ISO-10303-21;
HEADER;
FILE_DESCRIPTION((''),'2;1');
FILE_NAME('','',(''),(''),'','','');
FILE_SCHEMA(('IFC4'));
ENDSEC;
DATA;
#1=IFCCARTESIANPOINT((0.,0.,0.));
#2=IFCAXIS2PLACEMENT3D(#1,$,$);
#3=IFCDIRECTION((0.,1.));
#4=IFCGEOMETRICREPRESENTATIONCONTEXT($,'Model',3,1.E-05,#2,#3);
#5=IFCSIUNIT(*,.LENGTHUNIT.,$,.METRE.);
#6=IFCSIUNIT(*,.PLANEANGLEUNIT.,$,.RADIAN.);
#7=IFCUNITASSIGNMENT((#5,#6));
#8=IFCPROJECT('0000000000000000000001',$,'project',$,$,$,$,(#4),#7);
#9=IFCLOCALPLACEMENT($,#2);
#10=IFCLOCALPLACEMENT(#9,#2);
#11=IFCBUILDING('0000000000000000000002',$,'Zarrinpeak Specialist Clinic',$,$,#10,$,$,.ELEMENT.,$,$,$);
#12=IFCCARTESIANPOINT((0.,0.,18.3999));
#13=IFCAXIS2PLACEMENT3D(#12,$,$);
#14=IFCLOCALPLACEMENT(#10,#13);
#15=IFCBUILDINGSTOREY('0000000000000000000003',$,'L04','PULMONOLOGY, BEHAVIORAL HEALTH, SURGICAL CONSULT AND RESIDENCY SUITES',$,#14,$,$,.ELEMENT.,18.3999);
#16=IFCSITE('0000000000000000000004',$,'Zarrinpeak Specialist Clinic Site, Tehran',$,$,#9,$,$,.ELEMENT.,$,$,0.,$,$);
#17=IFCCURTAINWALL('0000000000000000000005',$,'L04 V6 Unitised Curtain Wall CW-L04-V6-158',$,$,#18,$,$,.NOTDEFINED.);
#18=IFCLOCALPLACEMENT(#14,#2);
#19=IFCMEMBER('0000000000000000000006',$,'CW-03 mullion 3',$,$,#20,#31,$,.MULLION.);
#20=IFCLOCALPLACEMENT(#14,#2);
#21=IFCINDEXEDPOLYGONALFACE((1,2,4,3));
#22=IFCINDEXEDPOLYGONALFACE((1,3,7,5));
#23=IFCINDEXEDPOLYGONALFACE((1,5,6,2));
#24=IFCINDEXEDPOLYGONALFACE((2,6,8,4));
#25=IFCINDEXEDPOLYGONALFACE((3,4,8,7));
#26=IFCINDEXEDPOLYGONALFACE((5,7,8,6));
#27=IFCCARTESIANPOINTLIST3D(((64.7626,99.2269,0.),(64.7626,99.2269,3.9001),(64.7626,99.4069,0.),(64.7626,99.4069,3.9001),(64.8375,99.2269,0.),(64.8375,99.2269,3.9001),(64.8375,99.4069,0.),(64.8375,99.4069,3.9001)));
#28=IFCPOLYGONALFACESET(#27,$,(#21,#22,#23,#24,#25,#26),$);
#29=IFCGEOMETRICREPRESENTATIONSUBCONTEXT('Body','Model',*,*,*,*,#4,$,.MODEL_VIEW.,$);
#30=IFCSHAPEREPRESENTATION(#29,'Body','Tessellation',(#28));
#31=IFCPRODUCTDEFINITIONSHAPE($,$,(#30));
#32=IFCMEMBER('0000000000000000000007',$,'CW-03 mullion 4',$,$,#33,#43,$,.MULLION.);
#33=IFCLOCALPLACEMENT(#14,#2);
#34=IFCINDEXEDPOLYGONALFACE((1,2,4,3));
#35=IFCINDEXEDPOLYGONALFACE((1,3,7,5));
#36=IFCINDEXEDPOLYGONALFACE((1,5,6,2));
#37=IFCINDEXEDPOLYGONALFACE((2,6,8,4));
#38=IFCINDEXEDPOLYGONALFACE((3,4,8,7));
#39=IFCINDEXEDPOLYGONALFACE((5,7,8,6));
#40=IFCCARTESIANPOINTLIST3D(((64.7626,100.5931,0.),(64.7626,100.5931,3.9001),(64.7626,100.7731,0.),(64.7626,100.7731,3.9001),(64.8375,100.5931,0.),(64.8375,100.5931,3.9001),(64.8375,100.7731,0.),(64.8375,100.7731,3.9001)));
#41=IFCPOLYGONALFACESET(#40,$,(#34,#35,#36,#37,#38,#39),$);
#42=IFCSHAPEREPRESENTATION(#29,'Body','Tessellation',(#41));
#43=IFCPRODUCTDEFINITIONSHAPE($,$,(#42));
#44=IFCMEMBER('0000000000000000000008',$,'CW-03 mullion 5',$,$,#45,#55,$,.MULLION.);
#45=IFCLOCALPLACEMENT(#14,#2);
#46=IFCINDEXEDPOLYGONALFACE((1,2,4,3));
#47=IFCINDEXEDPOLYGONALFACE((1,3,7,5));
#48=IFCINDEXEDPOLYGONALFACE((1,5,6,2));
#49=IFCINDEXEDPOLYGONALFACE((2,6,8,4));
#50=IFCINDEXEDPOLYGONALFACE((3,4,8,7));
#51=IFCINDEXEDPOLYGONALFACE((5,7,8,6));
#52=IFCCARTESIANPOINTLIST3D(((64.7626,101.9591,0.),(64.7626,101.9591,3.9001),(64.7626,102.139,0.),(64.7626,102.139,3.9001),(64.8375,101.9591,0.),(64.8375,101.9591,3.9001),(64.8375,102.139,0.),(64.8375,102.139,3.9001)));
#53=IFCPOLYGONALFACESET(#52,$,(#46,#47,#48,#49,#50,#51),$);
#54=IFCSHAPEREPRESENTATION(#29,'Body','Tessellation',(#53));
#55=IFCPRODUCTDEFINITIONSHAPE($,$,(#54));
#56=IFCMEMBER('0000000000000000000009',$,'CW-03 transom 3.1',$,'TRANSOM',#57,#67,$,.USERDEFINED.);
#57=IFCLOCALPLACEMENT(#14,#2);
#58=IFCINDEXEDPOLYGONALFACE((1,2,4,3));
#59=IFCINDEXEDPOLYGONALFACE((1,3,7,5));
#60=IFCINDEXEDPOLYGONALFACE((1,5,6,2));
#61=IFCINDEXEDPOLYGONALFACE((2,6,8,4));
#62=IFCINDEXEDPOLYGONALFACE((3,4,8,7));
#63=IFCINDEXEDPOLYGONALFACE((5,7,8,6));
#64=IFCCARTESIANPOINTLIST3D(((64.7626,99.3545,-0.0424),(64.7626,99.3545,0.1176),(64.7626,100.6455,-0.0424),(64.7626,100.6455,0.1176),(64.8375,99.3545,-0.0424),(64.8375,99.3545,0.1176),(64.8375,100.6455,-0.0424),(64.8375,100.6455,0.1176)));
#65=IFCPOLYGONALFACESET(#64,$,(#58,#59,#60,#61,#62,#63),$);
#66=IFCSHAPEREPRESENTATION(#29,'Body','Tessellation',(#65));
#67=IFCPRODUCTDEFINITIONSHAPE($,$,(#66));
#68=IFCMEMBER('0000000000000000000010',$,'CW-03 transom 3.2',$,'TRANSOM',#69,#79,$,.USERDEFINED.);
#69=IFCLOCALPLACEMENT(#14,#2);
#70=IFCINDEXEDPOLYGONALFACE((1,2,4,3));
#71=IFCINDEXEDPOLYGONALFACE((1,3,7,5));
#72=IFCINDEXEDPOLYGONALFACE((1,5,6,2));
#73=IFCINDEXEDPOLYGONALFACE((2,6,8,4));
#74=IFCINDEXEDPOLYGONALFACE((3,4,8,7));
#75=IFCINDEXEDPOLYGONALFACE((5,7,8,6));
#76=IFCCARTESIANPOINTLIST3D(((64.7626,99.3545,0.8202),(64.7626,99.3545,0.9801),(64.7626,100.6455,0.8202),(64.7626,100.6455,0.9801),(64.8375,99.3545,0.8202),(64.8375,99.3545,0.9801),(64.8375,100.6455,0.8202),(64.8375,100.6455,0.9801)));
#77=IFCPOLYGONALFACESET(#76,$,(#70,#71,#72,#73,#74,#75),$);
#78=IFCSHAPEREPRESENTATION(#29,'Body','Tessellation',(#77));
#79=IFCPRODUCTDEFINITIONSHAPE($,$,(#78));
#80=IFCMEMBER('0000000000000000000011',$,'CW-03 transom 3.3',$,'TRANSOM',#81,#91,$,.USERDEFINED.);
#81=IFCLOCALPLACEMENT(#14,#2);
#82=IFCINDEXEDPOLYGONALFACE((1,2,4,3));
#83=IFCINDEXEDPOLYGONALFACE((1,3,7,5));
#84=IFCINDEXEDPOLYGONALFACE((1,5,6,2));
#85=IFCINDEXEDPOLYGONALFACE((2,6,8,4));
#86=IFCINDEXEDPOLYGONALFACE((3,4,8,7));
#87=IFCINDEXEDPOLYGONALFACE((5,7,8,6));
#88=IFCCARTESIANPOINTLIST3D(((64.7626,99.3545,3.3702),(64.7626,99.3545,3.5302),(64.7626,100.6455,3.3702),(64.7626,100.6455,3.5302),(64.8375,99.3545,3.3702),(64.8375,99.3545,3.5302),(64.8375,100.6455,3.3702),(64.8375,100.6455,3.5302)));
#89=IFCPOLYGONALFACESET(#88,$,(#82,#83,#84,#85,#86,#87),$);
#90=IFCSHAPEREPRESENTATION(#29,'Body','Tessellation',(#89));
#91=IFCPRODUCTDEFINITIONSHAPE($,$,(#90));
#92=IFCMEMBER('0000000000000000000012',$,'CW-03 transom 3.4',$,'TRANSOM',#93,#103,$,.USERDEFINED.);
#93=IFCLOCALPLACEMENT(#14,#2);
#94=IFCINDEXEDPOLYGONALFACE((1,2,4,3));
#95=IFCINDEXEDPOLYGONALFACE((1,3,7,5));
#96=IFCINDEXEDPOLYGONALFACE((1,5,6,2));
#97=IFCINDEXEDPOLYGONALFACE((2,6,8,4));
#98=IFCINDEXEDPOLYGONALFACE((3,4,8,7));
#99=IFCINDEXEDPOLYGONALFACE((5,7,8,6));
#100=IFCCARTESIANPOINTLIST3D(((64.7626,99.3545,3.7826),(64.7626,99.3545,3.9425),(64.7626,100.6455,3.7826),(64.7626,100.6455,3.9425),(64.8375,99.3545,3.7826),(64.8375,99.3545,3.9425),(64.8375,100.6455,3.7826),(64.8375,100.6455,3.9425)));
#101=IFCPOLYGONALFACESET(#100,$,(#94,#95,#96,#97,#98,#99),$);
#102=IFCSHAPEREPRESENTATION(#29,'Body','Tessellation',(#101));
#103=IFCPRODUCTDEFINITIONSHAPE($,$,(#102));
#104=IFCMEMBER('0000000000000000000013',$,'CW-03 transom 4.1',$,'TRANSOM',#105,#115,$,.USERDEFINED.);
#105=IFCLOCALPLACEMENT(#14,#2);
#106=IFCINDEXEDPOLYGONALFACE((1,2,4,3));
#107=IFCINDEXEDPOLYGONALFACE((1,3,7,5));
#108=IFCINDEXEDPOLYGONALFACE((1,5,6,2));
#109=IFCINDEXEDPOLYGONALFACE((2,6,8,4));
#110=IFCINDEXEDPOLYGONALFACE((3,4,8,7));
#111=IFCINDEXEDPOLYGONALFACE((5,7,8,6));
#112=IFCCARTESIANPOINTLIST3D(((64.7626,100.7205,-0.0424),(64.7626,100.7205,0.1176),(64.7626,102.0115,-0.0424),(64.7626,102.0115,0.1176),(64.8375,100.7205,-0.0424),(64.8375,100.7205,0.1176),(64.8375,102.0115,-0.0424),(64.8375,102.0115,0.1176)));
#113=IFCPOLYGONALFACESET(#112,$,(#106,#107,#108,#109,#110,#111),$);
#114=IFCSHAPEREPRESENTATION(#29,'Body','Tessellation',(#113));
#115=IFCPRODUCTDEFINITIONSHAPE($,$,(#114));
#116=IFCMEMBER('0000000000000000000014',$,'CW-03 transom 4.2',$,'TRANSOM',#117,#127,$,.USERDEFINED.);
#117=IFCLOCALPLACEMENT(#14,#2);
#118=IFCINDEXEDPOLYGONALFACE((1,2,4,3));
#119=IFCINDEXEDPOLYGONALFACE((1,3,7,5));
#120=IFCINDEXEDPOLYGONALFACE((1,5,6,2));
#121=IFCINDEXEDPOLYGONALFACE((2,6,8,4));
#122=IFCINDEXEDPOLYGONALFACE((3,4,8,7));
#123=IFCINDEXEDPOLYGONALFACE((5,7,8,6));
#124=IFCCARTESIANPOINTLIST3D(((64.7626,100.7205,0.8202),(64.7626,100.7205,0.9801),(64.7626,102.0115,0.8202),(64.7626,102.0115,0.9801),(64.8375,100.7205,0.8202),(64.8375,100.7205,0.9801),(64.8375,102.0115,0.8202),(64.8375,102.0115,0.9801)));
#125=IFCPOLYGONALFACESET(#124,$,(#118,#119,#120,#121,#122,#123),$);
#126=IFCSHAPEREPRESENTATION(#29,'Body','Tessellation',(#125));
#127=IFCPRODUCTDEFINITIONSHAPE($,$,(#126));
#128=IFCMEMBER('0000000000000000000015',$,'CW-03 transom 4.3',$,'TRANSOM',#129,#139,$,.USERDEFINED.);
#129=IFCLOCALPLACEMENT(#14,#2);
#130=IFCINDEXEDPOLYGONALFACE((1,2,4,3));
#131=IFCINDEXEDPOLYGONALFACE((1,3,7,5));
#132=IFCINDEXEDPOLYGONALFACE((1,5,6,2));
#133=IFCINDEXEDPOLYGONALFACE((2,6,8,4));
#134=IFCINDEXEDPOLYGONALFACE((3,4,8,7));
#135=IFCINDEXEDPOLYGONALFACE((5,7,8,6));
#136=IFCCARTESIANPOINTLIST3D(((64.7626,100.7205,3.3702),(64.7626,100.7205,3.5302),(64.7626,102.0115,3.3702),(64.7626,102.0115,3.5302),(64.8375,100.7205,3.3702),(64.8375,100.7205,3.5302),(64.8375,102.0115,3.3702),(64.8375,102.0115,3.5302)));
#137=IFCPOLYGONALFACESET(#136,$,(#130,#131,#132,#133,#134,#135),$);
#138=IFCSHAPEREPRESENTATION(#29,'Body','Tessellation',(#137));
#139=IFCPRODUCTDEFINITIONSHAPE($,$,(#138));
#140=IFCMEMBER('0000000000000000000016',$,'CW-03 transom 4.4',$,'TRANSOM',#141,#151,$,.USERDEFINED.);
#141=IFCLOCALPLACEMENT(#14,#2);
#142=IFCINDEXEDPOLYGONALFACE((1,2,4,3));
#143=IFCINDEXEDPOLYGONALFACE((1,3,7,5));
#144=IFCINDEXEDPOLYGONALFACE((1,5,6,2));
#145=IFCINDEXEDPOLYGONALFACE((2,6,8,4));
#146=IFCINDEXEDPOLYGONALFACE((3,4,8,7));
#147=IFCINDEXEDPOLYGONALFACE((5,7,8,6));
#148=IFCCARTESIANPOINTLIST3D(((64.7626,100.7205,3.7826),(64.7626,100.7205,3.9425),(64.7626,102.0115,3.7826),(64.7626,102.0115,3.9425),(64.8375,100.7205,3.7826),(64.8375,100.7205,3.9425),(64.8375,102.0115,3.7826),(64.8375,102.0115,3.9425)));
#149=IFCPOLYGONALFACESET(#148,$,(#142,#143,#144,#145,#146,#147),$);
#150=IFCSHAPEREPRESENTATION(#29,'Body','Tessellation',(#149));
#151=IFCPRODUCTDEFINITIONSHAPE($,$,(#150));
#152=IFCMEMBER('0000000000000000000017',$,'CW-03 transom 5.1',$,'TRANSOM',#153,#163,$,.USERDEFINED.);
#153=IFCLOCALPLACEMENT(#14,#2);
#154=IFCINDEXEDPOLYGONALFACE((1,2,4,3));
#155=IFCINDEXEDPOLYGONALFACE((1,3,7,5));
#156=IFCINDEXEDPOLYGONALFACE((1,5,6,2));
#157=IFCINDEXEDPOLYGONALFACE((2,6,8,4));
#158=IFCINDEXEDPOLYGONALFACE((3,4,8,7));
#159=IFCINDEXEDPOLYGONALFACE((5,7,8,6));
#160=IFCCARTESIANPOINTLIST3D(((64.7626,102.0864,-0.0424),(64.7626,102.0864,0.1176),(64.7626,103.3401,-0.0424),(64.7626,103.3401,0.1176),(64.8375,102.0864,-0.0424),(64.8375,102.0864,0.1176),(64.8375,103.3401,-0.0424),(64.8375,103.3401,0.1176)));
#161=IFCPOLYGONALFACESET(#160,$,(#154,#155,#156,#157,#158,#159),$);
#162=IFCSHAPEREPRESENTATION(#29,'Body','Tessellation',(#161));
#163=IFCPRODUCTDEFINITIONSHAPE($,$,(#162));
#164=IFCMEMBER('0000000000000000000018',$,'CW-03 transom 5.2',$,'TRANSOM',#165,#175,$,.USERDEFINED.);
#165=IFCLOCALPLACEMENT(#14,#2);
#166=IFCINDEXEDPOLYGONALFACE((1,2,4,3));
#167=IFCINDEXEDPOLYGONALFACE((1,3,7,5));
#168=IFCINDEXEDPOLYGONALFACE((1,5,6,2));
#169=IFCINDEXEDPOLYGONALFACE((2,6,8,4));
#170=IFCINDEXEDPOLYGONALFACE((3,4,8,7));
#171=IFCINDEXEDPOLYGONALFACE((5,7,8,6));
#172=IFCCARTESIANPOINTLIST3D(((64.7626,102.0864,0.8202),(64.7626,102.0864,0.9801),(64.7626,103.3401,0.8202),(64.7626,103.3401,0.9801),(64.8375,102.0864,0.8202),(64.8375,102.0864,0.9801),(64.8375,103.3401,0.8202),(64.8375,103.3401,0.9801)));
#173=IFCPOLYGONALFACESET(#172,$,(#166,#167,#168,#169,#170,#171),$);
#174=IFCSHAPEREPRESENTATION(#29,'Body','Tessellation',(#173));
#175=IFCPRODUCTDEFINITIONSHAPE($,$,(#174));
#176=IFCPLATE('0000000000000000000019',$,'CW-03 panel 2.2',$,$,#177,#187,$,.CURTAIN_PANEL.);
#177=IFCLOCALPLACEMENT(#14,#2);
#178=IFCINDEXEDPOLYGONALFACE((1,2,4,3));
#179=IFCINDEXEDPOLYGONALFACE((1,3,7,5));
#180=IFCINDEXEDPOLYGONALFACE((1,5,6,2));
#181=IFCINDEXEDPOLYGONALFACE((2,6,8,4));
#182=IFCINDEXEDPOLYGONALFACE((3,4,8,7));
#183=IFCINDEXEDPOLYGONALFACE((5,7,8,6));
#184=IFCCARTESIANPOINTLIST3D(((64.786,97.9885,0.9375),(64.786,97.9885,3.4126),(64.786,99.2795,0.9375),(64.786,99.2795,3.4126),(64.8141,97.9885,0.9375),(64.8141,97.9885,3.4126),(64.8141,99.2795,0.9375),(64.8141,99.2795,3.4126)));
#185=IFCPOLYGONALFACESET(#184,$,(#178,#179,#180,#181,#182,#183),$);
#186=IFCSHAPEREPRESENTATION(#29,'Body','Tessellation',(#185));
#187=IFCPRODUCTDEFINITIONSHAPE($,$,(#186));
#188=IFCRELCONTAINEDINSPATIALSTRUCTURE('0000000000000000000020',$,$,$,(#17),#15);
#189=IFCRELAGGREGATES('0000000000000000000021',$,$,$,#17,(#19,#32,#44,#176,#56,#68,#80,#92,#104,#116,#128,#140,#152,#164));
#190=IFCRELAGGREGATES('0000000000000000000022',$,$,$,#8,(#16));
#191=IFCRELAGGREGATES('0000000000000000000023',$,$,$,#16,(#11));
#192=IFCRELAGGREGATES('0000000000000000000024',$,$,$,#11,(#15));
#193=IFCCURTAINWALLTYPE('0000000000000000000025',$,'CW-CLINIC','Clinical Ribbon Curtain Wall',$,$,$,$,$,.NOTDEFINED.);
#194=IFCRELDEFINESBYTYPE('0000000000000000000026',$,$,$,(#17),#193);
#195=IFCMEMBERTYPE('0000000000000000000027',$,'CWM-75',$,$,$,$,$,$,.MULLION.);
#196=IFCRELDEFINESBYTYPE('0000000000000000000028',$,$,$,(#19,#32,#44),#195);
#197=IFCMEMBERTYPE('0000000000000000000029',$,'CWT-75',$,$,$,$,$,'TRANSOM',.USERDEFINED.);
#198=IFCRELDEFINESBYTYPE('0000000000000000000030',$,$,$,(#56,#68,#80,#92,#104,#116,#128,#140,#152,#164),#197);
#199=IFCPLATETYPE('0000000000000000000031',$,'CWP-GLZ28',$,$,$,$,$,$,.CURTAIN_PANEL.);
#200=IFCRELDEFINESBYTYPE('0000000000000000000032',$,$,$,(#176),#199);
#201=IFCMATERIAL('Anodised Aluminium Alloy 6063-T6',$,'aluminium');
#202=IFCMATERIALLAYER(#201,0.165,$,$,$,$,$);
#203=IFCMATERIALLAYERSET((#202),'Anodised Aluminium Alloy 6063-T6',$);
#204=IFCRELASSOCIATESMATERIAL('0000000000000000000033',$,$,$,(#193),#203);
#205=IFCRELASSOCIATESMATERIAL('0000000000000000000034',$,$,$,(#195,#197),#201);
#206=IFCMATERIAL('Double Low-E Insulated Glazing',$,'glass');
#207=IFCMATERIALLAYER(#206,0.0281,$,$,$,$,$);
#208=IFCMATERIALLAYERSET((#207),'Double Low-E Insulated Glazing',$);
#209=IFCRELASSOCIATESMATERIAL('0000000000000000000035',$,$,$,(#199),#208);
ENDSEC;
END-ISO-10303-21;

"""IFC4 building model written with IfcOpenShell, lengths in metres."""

from ifc_helpers import new_model, si_unit, direction, frame, origin, origin_2d, place, context, subcontext, project, spatial, rectangle, extrude, material, layer, layer_set, material_profile, profile_set, type_object, element, aggregate, save


model = new_model("IFC4")

# Units and contexts
model_context = context("Model", 3, precision=1e-05, world=origin(), true_north=direction((0.0, 1.0)))
body_context = subcontext(model_context, "Body", "Model", "MODEL_VIEW")
ifc_project = project(units=[si_unit("LENGTHUNIT", "METRE"), si_unit("PLANEANGLEUNIT", "RADIAN")], contexts=[model_context])

# Site, building, storey
site_placement = place(None, origin())
site = spatial("IfcSite", under=ifc_project, at=site_placement, Name="Zarrinpeak Specialist Clinic Site, Tehran", CompositionType="ELEMENT", RefElevation=0.0)
building_placement = place(site_placement, origin())
building = spatial("IfcBuilding", under=site, at=building_placement, Name="Zarrinpeak Specialist Clinic", CompositionType="ELEMENT")
storey_placement = place(building_placement, frame((0.0, 0.0, 18.3999)))
storey = spatial("IfcBuildingStorey", under=building, at=storey_placement, Name="L04", Description="PULMONOLOGY, BEHAVIORAL HEALTH, SURGICAL CONSULT AND RESIDENCY SUITES", CompositionType="ELEMENT", Elevation=18.3999)

# Curtain wall, members, plate
ifc_material_1 = material(Name="Anodised Aluminium Alloy 6063-T6", Category="aluminium")
ifc_layer_1 = layer(ifc_material_1, 0.165)
ifc_layer_set_1 = layer_set([ifc_layer_1], Name="Anodised Aluminium Alloy 6063-T6")
curtain_wall_type = type_object("IfcCurtainWallType", Name="CW-CLINIC", Description="Clinical Ribbon Curtain Wall", PredefinedType="NOTDEFINED", material=ifc_layer_set_1)
curtain_wall_placement = place(storey_placement, origin())
curtain_wall = element("IfcCurtainWall", 1, at=curtain_wall_placement, inside=storey, type_object=curtain_wall_type, Name="L04 V6 Unitised Curtain Wall CW-L04-V6-158", PredefinedType="NOTDEFINED")
ifc_material_profile_1 = material_profile(ifc_material_1, rectangle(XDim=0.075, YDim=0.1799, at=origin_2d()), Name="ALU 75x180")
ifc_profile_set_1 = profile_set([ifc_material_profile_1], Name="Anodised Aluminium Alloy 6063-T6")
member_type_1 = type_object("IfcMemberType", Name="CWM-75", PredefinedType="MULLION", material=ifc_profile_set_1)
member_1_placement = place(storey_placement, frame((64.8, 99.3169, 0.0), z_axis=(0.0, 0.0, 1.0), x_axis=(-1.0, 0.0, 0.0)))
member_1 = element("IfcMember", 2, at=member_1_placement, type_object=member_type_1, Name="CW-03 mullion 3", PredefinedType="MULLION", context=body_context, shape_type="SweptSolid", body=[
    extrude(rectangle(XDim=0.075, YDim=0.1799, at=origin_2d()), origin(), (0.0, 0.0, 1.0), 3.9001),
])
member_2_placement = place(storey_placement, frame((64.8, 100.6831, 0.0), z_axis=(0.0, 0.0, 1.0), x_axis=(-1.0, 0.0, 0.0)))
member_2 = element("IfcMember", 3, at=member_2_placement, type_object=member_type_1, Name="CW-03 mullion 4", PredefinedType="MULLION", context=body_context, shape_type="SweptSolid", body=[
    extrude(rectangle(XDim=0.075, YDim=0.1799, at=origin_2d()), origin(), (0.0, 0.0, 1.0), 3.9001),
])
member_3_placement = place(storey_placement, frame((64.8, 102.0491, 0.0), z_axis=(0.0, 0.0, 1.0), x_axis=(-1.0, 0.0, 0.0)))
member_3 = element("IfcMember", 4, at=member_3_placement, type_object=member_type_1, Name="CW-03 mullion 5", PredefinedType="MULLION", context=body_context, shape_type="SweptSolid", body=[
    extrude(rectangle(XDim=0.075, YDim=0.1799, at=origin_2d()), origin(), (0.0, 0.0, 1.0), 3.9001),
])
ifc_material_profile_2 = material_profile(ifc_material_1, rectangle(XDim=0.075, YDim=0.1599, at=origin_2d()), Name="ALU 75x160")
ifc_profile_set_2 = profile_set([ifc_material_profile_2], Name="Anodised Aluminium Alloy 6063-T6")
member_type_2 = type_object("IfcMemberType", Name="CWT-75", ElementType="TRANSOM", PredefinedType="USERDEFINED", material=ifc_profile_set_2)
member_4_placement = place(storey_placement, frame((64.8, 99.3545, 0.0376), z_axis=(0.0, 1.0, 0.0), x_axis=(-1.0, 0.0, 0.0)))
member_4 = element("IfcMember", 5, at=member_4_placement, type_object=member_type_2, Name="CW-03 transom 3.1", ObjectType="TRANSOM", PredefinedType="USERDEFINED", context=body_context, shape_type="SweptSolid", body=[
    extrude(rectangle(XDim=0.075, YDim=0.1599, at=origin_2d()), origin(), (0.0, 0.0, 1.0), 1.291),
])
member_5_placement = place(storey_placement, frame((64.8, 99.3545, 0.9001), z_axis=(0.0, 1.0, 0.0), x_axis=(-1.0, 0.0, 0.0)))
member_5 = element("IfcMember", 6, at=member_5_placement, type_object=member_type_2, Name="CW-03 transom 3.2", ObjectType="TRANSOM", PredefinedType="USERDEFINED", context=body_context, shape_type="SweptSolid", body=[
    extrude(rectangle(XDim=0.075, YDim=0.1599, at=origin_2d()), origin(), (0.0, 0.0, 1.0), 1.291),
])
member_6_placement = place(storey_placement, frame((64.8, 99.3545, 3.4502), z_axis=(0.0, 1.0, 0.0), x_axis=(-1.0, 0.0, 0.0)))
member_6 = element("IfcMember", 7, at=member_6_placement, type_object=member_type_2, Name="CW-03 transom 3.3", ObjectType="TRANSOM", PredefinedType="USERDEFINED", context=body_context, shape_type="SweptSolid", body=[
    extrude(rectangle(XDim=0.075, YDim=0.1599, at=origin_2d()), origin(), (0.0, 0.0, 1.0), 1.291),
])
member_7_placement = place(storey_placement, frame((64.8, 99.3545, 3.8625), z_axis=(0.0, 1.0, 0.0), x_axis=(-1.0, 0.0, 0.0)))
member_7 = element("IfcMember", 8, at=member_7_placement, type_object=member_type_2, Name="CW-03 transom 3.4", ObjectType="TRANSOM", PredefinedType="USERDEFINED", context=body_context, shape_type="SweptSolid", body=[
    extrude(rectangle(XDim=0.075, YDim=0.1599, at=origin_2d()), origin(), (0.0, 0.0, 1.0), 1.291),
])
member_8_placement = place(storey_placement, frame((64.8, 100.7205, 0.0376), z_axis=(0.0, 1.0, 0.0), x_axis=(-1.0, 0.0, 0.0)))
member_8 = element("IfcMember", 9, at=member_8_placement, type_object=member_type_2, Name="CW-03 transom 4.1", ObjectType="TRANSOM", PredefinedType="USERDEFINED", context=body_context, shape_type="SweptSolid", body=[
    extrude(rectangle(XDim=0.075, YDim=0.1599, at=origin_2d()), origin(), (0.0, 0.0, 1.0), 1.291),
])
member_9_placement = place(storey_placement, frame((64.8, 100.7205, 0.9001), z_axis=(0.0, 1.0, 0.0), x_axis=(-1.0, 0.0, 0.0)))
member_9 = element("IfcMember", 10, at=member_9_placement, type_object=member_type_2, Name="CW-03 transom 4.2", ObjectType="TRANSOM", PredefinedType="USERDEFINED", context=body_context, shape_type="SweptSolid", body=[
    extrude(rectangle(XDim=0.075, YDim=0.1599, at=origin_2d()), origin(), (0.0, 0.0, 1.0), 1.291),
])
member_10_placement = place(storey_placement, frame((64.8, 100.7205, 3.4502), z_axis=(0.0, 1.0, 0.0), x_axis=(-1.0, 0.0, 0.0)))
member_10 = element("IfcMember", 11, at=member_10_placement, type_object=member_type_2, Name="CW-03 transom 4.3", ObjectType="TRANSOM", PredefinedType="USERDEFINED", context=body_context, shape_type="SweptSolid", body=[
    extrude(rectangle(XDim=0.075, YDim=0.1599, at=origin_2d()), origin(), (0.0, 0.0, 1.0), 1.291),
])
member_11_placement = place(storey_placement, frame((64.8, 100.7205, 3.8625), z_axis=(0.0, 1.0, 0.0), x_axis=(-1.0, 0.0, 0.0)))
member_11 = element("IfcMember", 12, at=member_11_placement, type_object=member_type_2, Name="CW-03 transom 4.4", ObjectType="TRANSOM", PredefinedType="USERDEFINED", context=body_context, shape_type="SweptSolid", body=[
    extrude(rectangle(XDim=0.075, YDim=0.1599, at=origin_2d()), origin(), (0.0, 0.0, 1.0), 1.291),
])
member_12_placement = place(storey_placement, frame((64.8, 102.0864, 0.0376), z_axis=(0.0, 1.0, 0.0), x_axis=(-1.0, 0.0, 0.0)))
member_12 = element("IfcMember", 13, at=member_12_placement, type_object=member_type_2, Name="CW-03 transom 5.1", ObjectType="TRANSOM", PredefinedType="USERDEFINED", context=body_context, shape_type="SweptSolid", body=[
    extrude(rectangle(XDim=0.075, YDim=0.1599, at=origin_2d()), origin(), (0.0, 0.0, 1.0), 1.2537),
])
member_13_placement = place(storey_placement, frame((64.8, 102.0864, 0.9001), z_axis=(0.0, 1.0, 0.0), x_axis=(-1.0, 0.0, 0.0)))
member_13 = element("IfcMember", 14, at=member_13_placement, type_object=member_type_2, Name="CW-03 transom 5.2", ObjectType="TRANSOM", PredefinedType="USERDEFINED", context=body_context, shape_type="SweptSolid", body=[
    extrude(rectangle(XDim=0.075, YDim=0.1599, at=origin_2d()), origin(), (0.0, 0.0, 1.0), 1.2537),
])
ifc_material_2 = material(Name="Double Low-E Insulated Glazing", Category="glass")
ifc_layer_2 = layer(ifc_material_2, 0.0281)
ifc_layer_set_2 = layer_set([ifc_layer_2], Name="Double Low-E Insulated Glazing")
plate_type = type_object("IfcPlateType", Name="CWP-GLZ28", PredefinedType="CURTAIN_PANEL", material=ifc_layer_set_2)
plate_1_placement = place(storey_placement, frame((64.8, 98.634, 0.9375), z_axis=(0.0, 0.0, 1.0), x_axis=(0.0, 1.0, 0.0)))
plate_1 = element("IfcPlate", 15, at=plate_1_placement, type_object=plate_type, Name="CW-03 panel 2.2", PredefinedType="CURTAIN_PANEL", context=body_context, shape_type="SweptSolid", body=[
    extrude(rectangle(XDim=1.291, YDim=0.0281, at=origin_2d()), origin(), (0.0, 0.0, 1.0), 2.4751),
])
aggregate(curtain_wall, [member_1, member_2, member_3, plate_1, member_4, member_5, member_6, member_7, member_8, member_9, member_10, member_11, member_12, member_13])

save(model, "model.ifc")
